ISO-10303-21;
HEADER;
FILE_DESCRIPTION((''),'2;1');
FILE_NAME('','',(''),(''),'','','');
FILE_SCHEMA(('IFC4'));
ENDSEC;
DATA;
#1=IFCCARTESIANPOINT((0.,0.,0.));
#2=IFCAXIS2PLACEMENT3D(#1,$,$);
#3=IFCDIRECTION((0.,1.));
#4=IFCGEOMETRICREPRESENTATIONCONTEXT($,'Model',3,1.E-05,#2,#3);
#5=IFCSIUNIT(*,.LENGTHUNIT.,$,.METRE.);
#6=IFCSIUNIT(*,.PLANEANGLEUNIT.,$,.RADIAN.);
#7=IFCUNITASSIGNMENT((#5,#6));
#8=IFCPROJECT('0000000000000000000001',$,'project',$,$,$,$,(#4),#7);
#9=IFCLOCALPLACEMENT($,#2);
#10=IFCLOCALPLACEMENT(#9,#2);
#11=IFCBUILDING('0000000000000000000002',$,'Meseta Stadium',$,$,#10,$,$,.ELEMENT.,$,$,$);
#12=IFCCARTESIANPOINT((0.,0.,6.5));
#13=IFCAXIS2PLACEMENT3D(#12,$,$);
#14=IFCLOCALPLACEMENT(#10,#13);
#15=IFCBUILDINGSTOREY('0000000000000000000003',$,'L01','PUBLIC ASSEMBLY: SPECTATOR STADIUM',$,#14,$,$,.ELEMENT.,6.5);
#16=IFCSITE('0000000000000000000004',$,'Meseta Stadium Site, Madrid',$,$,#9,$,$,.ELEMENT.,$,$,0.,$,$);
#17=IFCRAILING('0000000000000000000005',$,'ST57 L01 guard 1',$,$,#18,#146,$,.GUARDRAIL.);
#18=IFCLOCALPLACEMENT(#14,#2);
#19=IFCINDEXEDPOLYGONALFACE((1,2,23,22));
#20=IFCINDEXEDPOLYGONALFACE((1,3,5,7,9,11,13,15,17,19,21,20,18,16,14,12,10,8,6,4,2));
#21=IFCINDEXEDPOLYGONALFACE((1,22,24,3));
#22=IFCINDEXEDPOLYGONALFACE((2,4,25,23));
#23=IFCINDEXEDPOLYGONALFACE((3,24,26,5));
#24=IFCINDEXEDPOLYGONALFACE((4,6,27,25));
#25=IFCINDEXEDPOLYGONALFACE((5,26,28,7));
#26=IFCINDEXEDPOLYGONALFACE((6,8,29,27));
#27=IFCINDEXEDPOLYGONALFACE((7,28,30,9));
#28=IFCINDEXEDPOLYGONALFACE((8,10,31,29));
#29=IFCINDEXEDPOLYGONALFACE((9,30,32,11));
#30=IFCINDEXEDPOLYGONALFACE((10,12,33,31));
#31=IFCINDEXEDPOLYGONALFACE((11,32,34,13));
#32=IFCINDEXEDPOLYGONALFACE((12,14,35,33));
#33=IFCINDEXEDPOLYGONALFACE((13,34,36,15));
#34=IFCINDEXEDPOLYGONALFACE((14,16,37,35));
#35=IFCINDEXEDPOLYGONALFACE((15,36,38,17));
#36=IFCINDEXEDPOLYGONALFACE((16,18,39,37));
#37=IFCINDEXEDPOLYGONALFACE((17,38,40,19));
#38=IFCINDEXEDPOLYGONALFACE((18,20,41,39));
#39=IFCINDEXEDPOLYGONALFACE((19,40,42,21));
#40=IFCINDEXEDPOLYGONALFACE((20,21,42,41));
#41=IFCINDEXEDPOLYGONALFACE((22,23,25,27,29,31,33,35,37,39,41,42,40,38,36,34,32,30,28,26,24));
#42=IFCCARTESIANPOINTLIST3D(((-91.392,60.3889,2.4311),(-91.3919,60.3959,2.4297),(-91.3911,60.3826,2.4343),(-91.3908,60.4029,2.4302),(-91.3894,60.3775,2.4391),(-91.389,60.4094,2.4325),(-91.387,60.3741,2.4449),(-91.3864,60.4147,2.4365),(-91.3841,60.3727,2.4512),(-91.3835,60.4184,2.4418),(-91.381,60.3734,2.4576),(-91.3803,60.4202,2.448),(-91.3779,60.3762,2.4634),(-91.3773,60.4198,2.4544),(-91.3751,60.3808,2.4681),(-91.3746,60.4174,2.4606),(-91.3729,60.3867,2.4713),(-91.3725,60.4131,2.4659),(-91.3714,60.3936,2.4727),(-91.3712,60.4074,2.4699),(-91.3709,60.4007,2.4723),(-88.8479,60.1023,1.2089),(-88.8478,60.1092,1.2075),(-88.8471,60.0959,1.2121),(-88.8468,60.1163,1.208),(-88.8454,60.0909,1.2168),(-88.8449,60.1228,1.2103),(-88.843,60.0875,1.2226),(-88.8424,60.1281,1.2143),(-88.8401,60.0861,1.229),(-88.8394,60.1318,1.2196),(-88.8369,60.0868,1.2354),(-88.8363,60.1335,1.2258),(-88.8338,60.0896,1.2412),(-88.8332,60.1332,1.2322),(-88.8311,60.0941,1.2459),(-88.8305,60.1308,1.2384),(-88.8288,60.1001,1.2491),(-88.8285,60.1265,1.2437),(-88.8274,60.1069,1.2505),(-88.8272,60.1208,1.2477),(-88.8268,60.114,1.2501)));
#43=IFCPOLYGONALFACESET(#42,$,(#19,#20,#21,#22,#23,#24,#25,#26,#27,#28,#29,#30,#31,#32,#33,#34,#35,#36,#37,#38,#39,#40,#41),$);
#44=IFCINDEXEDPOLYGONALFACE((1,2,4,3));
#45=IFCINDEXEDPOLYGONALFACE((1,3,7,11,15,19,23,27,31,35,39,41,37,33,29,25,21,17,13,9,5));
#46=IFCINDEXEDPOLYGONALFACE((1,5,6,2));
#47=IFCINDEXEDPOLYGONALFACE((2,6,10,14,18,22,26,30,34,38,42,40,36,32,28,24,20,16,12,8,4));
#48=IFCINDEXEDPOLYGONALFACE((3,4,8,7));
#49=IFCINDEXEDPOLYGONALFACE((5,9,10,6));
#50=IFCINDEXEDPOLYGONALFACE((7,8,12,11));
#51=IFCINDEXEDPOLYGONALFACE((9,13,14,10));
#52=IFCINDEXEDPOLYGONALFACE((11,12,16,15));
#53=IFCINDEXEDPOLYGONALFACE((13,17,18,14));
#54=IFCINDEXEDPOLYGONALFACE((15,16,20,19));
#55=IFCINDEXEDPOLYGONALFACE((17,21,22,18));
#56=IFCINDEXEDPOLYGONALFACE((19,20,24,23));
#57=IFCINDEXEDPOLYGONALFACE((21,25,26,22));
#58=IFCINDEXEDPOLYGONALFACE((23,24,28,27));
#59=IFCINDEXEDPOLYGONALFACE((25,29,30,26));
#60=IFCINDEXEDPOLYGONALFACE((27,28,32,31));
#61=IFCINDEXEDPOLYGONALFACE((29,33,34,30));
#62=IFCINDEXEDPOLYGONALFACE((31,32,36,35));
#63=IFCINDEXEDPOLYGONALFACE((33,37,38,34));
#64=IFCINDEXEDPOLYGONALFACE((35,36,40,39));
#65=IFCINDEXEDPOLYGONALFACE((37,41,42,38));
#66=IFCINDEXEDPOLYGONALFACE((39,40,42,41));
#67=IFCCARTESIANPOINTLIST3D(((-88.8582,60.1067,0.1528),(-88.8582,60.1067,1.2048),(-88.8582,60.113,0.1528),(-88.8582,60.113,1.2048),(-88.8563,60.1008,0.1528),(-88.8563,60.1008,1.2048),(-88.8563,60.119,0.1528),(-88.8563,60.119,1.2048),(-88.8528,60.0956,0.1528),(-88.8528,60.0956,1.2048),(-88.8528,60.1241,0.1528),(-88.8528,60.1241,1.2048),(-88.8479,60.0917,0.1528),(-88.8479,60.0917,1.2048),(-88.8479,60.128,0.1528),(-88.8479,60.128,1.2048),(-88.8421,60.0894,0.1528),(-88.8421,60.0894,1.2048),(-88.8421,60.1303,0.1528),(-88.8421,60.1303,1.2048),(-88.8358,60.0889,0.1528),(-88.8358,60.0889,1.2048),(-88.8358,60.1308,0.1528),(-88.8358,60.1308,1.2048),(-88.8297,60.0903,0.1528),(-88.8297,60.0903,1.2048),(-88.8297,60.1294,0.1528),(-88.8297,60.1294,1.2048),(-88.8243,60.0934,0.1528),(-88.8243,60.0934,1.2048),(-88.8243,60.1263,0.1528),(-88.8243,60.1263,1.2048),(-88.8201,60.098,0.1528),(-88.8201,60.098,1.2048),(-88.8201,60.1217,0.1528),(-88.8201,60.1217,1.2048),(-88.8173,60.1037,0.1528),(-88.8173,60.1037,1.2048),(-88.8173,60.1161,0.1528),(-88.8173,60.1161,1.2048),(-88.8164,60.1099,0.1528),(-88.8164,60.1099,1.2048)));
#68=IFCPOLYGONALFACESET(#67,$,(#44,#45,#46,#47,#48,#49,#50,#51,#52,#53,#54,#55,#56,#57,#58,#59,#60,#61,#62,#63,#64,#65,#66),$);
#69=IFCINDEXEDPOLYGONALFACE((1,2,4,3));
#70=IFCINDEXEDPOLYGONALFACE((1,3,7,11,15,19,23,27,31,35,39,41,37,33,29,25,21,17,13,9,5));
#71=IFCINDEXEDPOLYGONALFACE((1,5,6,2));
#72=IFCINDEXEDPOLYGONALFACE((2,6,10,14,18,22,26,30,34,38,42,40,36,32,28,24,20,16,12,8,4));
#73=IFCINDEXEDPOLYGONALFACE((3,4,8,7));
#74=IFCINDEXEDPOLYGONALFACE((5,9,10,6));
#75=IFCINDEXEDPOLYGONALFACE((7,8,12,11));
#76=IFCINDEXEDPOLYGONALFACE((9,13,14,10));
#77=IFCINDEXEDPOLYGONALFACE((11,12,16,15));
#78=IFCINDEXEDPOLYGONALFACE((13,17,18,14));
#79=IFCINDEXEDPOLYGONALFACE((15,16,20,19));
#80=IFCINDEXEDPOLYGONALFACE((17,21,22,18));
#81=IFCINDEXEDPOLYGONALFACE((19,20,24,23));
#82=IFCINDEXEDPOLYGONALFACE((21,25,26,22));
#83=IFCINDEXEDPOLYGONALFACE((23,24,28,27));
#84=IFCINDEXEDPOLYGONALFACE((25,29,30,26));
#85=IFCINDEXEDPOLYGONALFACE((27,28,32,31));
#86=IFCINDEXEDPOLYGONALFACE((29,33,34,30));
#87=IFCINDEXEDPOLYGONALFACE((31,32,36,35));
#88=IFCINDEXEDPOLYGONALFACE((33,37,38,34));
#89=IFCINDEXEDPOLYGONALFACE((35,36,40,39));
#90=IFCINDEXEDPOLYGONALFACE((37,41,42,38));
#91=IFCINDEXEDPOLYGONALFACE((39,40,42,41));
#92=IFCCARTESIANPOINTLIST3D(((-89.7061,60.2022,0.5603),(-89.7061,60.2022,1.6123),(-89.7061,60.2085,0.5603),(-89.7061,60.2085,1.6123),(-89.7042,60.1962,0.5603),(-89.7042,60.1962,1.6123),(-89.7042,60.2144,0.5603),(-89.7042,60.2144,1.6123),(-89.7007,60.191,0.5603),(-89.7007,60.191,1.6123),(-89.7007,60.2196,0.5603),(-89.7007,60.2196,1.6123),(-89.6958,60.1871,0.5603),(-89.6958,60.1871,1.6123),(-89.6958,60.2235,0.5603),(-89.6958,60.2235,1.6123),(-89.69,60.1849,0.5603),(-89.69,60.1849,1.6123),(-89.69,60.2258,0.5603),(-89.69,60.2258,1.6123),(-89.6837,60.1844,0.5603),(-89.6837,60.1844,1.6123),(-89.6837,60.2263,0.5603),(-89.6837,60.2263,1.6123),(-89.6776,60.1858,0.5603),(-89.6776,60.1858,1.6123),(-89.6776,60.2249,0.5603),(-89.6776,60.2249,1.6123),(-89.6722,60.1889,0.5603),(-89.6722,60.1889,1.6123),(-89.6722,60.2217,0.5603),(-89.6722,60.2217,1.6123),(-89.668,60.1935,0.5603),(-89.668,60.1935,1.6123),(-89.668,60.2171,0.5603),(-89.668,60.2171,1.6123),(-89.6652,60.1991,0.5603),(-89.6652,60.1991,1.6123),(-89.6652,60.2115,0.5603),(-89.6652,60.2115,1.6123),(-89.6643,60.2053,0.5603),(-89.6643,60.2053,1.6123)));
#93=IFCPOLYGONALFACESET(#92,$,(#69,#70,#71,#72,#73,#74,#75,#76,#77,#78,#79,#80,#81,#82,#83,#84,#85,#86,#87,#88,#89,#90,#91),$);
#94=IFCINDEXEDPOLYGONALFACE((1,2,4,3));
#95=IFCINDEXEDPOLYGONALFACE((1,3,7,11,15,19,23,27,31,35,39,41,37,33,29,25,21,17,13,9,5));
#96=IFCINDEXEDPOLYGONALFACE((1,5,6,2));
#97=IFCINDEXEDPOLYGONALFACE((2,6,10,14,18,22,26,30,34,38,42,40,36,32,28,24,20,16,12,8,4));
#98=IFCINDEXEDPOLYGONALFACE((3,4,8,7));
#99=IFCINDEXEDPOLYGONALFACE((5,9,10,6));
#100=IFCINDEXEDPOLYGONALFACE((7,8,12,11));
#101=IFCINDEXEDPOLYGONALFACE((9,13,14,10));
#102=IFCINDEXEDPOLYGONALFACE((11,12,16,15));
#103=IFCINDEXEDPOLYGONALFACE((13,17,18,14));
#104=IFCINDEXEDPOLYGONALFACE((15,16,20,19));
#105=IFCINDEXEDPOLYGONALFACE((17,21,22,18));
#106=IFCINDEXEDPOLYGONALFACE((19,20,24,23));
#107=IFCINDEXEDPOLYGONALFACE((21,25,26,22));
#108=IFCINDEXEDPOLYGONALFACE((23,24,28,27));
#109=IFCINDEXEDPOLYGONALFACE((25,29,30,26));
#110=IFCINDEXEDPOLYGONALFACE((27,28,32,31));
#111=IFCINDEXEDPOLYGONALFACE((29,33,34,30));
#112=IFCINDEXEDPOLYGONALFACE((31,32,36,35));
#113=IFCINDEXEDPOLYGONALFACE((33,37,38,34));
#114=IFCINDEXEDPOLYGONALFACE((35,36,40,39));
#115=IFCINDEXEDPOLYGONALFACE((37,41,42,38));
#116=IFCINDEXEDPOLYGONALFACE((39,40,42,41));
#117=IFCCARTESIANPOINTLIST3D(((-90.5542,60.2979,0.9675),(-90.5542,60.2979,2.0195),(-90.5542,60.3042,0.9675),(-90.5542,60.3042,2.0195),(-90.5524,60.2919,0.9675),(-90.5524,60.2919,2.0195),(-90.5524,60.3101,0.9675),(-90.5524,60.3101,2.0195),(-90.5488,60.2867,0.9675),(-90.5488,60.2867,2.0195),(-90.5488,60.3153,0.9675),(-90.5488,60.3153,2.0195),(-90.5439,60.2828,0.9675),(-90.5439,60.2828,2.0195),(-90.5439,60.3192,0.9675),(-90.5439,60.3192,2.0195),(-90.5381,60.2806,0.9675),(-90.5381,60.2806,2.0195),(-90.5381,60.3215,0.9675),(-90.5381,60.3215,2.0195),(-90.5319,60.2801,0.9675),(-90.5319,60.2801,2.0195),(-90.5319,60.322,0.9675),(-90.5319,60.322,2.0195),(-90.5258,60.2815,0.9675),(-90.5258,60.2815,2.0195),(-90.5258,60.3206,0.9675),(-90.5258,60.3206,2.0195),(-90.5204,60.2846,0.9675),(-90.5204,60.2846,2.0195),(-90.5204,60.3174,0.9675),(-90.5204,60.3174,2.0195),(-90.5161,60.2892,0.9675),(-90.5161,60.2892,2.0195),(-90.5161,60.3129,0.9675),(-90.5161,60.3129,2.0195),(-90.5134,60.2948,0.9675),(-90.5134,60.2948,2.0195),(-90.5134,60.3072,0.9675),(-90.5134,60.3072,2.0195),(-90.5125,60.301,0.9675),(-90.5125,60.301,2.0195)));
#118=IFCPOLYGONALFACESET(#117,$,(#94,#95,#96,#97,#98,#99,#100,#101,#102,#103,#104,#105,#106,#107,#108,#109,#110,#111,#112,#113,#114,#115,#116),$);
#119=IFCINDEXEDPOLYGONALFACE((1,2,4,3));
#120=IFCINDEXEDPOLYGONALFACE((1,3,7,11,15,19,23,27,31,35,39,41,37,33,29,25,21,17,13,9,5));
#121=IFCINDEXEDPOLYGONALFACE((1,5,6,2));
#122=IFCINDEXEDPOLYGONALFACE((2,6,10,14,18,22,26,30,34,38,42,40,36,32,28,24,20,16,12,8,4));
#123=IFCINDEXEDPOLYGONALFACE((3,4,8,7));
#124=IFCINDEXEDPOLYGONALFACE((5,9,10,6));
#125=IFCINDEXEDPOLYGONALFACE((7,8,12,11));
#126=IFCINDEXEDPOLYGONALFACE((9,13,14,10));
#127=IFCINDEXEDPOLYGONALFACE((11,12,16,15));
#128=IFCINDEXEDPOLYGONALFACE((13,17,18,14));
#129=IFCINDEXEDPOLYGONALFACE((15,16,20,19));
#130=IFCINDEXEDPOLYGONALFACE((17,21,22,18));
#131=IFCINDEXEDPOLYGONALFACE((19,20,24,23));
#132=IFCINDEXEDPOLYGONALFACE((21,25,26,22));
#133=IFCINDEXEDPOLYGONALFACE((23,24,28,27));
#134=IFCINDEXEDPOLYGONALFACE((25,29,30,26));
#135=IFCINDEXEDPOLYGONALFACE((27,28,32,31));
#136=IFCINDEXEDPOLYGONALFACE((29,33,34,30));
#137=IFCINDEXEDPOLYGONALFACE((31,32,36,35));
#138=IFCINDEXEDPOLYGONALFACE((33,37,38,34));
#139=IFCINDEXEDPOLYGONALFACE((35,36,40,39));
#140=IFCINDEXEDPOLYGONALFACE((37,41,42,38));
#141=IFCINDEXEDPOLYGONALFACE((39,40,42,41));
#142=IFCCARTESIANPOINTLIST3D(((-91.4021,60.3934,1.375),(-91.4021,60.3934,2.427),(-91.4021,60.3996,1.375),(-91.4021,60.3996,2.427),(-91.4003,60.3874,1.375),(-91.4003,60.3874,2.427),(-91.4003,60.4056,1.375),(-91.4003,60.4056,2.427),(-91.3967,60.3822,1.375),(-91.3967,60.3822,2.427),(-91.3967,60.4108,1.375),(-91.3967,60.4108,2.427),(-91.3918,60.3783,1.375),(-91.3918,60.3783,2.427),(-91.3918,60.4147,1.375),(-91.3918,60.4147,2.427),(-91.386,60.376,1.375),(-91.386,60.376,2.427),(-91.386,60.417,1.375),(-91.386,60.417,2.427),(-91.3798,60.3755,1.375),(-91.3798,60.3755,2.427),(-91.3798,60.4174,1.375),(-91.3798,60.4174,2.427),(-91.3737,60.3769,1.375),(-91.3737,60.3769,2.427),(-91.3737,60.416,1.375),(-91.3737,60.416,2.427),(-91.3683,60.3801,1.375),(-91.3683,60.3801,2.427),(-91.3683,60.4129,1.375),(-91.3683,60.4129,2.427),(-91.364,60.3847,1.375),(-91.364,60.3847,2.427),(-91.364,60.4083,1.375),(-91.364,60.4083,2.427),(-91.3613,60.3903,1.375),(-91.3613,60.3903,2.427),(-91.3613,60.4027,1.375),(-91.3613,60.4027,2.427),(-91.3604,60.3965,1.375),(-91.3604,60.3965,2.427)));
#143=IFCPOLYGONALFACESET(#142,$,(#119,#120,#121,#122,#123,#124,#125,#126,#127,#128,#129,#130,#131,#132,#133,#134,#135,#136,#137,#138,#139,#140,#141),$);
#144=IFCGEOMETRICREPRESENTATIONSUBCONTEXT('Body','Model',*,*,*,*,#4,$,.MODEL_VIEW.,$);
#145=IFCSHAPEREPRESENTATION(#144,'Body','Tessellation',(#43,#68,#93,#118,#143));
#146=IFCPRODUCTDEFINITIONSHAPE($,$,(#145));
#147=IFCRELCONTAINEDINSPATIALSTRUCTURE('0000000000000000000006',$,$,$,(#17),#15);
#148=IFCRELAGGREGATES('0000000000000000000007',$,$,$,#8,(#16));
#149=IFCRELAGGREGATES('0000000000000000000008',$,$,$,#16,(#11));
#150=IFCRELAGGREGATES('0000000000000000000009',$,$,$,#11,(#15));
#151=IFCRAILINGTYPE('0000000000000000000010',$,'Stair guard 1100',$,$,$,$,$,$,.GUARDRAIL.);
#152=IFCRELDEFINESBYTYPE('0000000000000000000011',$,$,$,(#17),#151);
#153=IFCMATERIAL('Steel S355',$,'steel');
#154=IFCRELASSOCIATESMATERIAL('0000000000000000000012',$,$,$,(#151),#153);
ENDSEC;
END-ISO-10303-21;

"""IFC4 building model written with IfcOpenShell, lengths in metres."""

from ifc_helpers import new_model, si_unit, direction, frame, origin, origin_2d, place, context, subcontext, project, spatial, circle, extrude, material, type_object, element, save


model = new_model("IFC4")

# Units and contexts
model_context = context("Model", 3, precision=1e-05, world=origin(), true_north=direction((0.0, 1.0)))
body_context = subcontext(model_context, "Body", "Model", "MODEL_VIEW")
ifc_project = project(units=[si_unit("LENGTHUNIT", "METRE"), si_unit("PLANEANGLEUNIT", "RADIAN")], contexts=[model_context])

# Site, building, storey
site_placement = place(None, origin())
site = spatial("IfcSite", under=ifc_project, at=site_placement, Name="Meseta Stadium Site, Madrid", CompositionType="ELEMENT", RefElevation=0.0)
building_placement = place(site_placement, origin())
building = spatial("IfcBuilding", under=site, at=building_placement, Name="Meseta Stadium", CompositionType="ELEMENT")
storey_placement = place(building_placement, frame((0.0, 0.0, 6.5)))
storey = spatial("IfcBuildingStorey", under=building, at=storey_placement, Name="L01", Description="PUBLIC ASSEMBLY: SPECTATOR STADIUM", CompositionType="ELEMENT", Elevation=6.5)

# Railing
ifc_material_1 = material(Name="Steel S355", Category="steel")
railing_type_1 = type_object("IfcRailingType", Name="Stair guard 1100", PredefinedType="GUARDRAIL", material=ifc_material_1)
railing_1_placement = place(storey_placement, frame((-88.8374, 60.1099, 0.1528)))
element("IfcRailing", 1, at=railing_1_placement, inside=storey, type_object=railing_type_1, Name="ST57 L01 guard 1", PredefinedType="GUARDRAIL", context=body_context, shape_type="SweptSolid", body=[
    extrude(circle(Radius=0.0239, at=origin_2d()), frame((0.0, 0.0, 1.0762), z_axis=(-0.896762, 0.101036, 0.430824), x_axis=(-0.11196, -0.993713, 0.0)), (0.0, 0.0, 1.0), 2.8369),
    extrude(circle(Radius=0.021, at=origin_2d()), origin(), (0.0, 0.0, 1.0), 1.052),
    extrude(circle(Radius=0.021, at=origin_2d()), frame((-0.8479, 0.0955, 0.4075)), (0.0, 0.0, 1.0), 1.052),
    extrude(circle(Radius=0.021, at=origin_2d()), frame((-1.696, 0.1912, 0.8147)), (0.0, 0.0, 1.0), 1.052),
    extrude(circle(Radius=0.021, at=origin_2d()), frame((-2.5439, 0.2866, 1.2222)), (0.0, 0.0, 1.0), 1.052),
])

save(model, "model.ifc")
